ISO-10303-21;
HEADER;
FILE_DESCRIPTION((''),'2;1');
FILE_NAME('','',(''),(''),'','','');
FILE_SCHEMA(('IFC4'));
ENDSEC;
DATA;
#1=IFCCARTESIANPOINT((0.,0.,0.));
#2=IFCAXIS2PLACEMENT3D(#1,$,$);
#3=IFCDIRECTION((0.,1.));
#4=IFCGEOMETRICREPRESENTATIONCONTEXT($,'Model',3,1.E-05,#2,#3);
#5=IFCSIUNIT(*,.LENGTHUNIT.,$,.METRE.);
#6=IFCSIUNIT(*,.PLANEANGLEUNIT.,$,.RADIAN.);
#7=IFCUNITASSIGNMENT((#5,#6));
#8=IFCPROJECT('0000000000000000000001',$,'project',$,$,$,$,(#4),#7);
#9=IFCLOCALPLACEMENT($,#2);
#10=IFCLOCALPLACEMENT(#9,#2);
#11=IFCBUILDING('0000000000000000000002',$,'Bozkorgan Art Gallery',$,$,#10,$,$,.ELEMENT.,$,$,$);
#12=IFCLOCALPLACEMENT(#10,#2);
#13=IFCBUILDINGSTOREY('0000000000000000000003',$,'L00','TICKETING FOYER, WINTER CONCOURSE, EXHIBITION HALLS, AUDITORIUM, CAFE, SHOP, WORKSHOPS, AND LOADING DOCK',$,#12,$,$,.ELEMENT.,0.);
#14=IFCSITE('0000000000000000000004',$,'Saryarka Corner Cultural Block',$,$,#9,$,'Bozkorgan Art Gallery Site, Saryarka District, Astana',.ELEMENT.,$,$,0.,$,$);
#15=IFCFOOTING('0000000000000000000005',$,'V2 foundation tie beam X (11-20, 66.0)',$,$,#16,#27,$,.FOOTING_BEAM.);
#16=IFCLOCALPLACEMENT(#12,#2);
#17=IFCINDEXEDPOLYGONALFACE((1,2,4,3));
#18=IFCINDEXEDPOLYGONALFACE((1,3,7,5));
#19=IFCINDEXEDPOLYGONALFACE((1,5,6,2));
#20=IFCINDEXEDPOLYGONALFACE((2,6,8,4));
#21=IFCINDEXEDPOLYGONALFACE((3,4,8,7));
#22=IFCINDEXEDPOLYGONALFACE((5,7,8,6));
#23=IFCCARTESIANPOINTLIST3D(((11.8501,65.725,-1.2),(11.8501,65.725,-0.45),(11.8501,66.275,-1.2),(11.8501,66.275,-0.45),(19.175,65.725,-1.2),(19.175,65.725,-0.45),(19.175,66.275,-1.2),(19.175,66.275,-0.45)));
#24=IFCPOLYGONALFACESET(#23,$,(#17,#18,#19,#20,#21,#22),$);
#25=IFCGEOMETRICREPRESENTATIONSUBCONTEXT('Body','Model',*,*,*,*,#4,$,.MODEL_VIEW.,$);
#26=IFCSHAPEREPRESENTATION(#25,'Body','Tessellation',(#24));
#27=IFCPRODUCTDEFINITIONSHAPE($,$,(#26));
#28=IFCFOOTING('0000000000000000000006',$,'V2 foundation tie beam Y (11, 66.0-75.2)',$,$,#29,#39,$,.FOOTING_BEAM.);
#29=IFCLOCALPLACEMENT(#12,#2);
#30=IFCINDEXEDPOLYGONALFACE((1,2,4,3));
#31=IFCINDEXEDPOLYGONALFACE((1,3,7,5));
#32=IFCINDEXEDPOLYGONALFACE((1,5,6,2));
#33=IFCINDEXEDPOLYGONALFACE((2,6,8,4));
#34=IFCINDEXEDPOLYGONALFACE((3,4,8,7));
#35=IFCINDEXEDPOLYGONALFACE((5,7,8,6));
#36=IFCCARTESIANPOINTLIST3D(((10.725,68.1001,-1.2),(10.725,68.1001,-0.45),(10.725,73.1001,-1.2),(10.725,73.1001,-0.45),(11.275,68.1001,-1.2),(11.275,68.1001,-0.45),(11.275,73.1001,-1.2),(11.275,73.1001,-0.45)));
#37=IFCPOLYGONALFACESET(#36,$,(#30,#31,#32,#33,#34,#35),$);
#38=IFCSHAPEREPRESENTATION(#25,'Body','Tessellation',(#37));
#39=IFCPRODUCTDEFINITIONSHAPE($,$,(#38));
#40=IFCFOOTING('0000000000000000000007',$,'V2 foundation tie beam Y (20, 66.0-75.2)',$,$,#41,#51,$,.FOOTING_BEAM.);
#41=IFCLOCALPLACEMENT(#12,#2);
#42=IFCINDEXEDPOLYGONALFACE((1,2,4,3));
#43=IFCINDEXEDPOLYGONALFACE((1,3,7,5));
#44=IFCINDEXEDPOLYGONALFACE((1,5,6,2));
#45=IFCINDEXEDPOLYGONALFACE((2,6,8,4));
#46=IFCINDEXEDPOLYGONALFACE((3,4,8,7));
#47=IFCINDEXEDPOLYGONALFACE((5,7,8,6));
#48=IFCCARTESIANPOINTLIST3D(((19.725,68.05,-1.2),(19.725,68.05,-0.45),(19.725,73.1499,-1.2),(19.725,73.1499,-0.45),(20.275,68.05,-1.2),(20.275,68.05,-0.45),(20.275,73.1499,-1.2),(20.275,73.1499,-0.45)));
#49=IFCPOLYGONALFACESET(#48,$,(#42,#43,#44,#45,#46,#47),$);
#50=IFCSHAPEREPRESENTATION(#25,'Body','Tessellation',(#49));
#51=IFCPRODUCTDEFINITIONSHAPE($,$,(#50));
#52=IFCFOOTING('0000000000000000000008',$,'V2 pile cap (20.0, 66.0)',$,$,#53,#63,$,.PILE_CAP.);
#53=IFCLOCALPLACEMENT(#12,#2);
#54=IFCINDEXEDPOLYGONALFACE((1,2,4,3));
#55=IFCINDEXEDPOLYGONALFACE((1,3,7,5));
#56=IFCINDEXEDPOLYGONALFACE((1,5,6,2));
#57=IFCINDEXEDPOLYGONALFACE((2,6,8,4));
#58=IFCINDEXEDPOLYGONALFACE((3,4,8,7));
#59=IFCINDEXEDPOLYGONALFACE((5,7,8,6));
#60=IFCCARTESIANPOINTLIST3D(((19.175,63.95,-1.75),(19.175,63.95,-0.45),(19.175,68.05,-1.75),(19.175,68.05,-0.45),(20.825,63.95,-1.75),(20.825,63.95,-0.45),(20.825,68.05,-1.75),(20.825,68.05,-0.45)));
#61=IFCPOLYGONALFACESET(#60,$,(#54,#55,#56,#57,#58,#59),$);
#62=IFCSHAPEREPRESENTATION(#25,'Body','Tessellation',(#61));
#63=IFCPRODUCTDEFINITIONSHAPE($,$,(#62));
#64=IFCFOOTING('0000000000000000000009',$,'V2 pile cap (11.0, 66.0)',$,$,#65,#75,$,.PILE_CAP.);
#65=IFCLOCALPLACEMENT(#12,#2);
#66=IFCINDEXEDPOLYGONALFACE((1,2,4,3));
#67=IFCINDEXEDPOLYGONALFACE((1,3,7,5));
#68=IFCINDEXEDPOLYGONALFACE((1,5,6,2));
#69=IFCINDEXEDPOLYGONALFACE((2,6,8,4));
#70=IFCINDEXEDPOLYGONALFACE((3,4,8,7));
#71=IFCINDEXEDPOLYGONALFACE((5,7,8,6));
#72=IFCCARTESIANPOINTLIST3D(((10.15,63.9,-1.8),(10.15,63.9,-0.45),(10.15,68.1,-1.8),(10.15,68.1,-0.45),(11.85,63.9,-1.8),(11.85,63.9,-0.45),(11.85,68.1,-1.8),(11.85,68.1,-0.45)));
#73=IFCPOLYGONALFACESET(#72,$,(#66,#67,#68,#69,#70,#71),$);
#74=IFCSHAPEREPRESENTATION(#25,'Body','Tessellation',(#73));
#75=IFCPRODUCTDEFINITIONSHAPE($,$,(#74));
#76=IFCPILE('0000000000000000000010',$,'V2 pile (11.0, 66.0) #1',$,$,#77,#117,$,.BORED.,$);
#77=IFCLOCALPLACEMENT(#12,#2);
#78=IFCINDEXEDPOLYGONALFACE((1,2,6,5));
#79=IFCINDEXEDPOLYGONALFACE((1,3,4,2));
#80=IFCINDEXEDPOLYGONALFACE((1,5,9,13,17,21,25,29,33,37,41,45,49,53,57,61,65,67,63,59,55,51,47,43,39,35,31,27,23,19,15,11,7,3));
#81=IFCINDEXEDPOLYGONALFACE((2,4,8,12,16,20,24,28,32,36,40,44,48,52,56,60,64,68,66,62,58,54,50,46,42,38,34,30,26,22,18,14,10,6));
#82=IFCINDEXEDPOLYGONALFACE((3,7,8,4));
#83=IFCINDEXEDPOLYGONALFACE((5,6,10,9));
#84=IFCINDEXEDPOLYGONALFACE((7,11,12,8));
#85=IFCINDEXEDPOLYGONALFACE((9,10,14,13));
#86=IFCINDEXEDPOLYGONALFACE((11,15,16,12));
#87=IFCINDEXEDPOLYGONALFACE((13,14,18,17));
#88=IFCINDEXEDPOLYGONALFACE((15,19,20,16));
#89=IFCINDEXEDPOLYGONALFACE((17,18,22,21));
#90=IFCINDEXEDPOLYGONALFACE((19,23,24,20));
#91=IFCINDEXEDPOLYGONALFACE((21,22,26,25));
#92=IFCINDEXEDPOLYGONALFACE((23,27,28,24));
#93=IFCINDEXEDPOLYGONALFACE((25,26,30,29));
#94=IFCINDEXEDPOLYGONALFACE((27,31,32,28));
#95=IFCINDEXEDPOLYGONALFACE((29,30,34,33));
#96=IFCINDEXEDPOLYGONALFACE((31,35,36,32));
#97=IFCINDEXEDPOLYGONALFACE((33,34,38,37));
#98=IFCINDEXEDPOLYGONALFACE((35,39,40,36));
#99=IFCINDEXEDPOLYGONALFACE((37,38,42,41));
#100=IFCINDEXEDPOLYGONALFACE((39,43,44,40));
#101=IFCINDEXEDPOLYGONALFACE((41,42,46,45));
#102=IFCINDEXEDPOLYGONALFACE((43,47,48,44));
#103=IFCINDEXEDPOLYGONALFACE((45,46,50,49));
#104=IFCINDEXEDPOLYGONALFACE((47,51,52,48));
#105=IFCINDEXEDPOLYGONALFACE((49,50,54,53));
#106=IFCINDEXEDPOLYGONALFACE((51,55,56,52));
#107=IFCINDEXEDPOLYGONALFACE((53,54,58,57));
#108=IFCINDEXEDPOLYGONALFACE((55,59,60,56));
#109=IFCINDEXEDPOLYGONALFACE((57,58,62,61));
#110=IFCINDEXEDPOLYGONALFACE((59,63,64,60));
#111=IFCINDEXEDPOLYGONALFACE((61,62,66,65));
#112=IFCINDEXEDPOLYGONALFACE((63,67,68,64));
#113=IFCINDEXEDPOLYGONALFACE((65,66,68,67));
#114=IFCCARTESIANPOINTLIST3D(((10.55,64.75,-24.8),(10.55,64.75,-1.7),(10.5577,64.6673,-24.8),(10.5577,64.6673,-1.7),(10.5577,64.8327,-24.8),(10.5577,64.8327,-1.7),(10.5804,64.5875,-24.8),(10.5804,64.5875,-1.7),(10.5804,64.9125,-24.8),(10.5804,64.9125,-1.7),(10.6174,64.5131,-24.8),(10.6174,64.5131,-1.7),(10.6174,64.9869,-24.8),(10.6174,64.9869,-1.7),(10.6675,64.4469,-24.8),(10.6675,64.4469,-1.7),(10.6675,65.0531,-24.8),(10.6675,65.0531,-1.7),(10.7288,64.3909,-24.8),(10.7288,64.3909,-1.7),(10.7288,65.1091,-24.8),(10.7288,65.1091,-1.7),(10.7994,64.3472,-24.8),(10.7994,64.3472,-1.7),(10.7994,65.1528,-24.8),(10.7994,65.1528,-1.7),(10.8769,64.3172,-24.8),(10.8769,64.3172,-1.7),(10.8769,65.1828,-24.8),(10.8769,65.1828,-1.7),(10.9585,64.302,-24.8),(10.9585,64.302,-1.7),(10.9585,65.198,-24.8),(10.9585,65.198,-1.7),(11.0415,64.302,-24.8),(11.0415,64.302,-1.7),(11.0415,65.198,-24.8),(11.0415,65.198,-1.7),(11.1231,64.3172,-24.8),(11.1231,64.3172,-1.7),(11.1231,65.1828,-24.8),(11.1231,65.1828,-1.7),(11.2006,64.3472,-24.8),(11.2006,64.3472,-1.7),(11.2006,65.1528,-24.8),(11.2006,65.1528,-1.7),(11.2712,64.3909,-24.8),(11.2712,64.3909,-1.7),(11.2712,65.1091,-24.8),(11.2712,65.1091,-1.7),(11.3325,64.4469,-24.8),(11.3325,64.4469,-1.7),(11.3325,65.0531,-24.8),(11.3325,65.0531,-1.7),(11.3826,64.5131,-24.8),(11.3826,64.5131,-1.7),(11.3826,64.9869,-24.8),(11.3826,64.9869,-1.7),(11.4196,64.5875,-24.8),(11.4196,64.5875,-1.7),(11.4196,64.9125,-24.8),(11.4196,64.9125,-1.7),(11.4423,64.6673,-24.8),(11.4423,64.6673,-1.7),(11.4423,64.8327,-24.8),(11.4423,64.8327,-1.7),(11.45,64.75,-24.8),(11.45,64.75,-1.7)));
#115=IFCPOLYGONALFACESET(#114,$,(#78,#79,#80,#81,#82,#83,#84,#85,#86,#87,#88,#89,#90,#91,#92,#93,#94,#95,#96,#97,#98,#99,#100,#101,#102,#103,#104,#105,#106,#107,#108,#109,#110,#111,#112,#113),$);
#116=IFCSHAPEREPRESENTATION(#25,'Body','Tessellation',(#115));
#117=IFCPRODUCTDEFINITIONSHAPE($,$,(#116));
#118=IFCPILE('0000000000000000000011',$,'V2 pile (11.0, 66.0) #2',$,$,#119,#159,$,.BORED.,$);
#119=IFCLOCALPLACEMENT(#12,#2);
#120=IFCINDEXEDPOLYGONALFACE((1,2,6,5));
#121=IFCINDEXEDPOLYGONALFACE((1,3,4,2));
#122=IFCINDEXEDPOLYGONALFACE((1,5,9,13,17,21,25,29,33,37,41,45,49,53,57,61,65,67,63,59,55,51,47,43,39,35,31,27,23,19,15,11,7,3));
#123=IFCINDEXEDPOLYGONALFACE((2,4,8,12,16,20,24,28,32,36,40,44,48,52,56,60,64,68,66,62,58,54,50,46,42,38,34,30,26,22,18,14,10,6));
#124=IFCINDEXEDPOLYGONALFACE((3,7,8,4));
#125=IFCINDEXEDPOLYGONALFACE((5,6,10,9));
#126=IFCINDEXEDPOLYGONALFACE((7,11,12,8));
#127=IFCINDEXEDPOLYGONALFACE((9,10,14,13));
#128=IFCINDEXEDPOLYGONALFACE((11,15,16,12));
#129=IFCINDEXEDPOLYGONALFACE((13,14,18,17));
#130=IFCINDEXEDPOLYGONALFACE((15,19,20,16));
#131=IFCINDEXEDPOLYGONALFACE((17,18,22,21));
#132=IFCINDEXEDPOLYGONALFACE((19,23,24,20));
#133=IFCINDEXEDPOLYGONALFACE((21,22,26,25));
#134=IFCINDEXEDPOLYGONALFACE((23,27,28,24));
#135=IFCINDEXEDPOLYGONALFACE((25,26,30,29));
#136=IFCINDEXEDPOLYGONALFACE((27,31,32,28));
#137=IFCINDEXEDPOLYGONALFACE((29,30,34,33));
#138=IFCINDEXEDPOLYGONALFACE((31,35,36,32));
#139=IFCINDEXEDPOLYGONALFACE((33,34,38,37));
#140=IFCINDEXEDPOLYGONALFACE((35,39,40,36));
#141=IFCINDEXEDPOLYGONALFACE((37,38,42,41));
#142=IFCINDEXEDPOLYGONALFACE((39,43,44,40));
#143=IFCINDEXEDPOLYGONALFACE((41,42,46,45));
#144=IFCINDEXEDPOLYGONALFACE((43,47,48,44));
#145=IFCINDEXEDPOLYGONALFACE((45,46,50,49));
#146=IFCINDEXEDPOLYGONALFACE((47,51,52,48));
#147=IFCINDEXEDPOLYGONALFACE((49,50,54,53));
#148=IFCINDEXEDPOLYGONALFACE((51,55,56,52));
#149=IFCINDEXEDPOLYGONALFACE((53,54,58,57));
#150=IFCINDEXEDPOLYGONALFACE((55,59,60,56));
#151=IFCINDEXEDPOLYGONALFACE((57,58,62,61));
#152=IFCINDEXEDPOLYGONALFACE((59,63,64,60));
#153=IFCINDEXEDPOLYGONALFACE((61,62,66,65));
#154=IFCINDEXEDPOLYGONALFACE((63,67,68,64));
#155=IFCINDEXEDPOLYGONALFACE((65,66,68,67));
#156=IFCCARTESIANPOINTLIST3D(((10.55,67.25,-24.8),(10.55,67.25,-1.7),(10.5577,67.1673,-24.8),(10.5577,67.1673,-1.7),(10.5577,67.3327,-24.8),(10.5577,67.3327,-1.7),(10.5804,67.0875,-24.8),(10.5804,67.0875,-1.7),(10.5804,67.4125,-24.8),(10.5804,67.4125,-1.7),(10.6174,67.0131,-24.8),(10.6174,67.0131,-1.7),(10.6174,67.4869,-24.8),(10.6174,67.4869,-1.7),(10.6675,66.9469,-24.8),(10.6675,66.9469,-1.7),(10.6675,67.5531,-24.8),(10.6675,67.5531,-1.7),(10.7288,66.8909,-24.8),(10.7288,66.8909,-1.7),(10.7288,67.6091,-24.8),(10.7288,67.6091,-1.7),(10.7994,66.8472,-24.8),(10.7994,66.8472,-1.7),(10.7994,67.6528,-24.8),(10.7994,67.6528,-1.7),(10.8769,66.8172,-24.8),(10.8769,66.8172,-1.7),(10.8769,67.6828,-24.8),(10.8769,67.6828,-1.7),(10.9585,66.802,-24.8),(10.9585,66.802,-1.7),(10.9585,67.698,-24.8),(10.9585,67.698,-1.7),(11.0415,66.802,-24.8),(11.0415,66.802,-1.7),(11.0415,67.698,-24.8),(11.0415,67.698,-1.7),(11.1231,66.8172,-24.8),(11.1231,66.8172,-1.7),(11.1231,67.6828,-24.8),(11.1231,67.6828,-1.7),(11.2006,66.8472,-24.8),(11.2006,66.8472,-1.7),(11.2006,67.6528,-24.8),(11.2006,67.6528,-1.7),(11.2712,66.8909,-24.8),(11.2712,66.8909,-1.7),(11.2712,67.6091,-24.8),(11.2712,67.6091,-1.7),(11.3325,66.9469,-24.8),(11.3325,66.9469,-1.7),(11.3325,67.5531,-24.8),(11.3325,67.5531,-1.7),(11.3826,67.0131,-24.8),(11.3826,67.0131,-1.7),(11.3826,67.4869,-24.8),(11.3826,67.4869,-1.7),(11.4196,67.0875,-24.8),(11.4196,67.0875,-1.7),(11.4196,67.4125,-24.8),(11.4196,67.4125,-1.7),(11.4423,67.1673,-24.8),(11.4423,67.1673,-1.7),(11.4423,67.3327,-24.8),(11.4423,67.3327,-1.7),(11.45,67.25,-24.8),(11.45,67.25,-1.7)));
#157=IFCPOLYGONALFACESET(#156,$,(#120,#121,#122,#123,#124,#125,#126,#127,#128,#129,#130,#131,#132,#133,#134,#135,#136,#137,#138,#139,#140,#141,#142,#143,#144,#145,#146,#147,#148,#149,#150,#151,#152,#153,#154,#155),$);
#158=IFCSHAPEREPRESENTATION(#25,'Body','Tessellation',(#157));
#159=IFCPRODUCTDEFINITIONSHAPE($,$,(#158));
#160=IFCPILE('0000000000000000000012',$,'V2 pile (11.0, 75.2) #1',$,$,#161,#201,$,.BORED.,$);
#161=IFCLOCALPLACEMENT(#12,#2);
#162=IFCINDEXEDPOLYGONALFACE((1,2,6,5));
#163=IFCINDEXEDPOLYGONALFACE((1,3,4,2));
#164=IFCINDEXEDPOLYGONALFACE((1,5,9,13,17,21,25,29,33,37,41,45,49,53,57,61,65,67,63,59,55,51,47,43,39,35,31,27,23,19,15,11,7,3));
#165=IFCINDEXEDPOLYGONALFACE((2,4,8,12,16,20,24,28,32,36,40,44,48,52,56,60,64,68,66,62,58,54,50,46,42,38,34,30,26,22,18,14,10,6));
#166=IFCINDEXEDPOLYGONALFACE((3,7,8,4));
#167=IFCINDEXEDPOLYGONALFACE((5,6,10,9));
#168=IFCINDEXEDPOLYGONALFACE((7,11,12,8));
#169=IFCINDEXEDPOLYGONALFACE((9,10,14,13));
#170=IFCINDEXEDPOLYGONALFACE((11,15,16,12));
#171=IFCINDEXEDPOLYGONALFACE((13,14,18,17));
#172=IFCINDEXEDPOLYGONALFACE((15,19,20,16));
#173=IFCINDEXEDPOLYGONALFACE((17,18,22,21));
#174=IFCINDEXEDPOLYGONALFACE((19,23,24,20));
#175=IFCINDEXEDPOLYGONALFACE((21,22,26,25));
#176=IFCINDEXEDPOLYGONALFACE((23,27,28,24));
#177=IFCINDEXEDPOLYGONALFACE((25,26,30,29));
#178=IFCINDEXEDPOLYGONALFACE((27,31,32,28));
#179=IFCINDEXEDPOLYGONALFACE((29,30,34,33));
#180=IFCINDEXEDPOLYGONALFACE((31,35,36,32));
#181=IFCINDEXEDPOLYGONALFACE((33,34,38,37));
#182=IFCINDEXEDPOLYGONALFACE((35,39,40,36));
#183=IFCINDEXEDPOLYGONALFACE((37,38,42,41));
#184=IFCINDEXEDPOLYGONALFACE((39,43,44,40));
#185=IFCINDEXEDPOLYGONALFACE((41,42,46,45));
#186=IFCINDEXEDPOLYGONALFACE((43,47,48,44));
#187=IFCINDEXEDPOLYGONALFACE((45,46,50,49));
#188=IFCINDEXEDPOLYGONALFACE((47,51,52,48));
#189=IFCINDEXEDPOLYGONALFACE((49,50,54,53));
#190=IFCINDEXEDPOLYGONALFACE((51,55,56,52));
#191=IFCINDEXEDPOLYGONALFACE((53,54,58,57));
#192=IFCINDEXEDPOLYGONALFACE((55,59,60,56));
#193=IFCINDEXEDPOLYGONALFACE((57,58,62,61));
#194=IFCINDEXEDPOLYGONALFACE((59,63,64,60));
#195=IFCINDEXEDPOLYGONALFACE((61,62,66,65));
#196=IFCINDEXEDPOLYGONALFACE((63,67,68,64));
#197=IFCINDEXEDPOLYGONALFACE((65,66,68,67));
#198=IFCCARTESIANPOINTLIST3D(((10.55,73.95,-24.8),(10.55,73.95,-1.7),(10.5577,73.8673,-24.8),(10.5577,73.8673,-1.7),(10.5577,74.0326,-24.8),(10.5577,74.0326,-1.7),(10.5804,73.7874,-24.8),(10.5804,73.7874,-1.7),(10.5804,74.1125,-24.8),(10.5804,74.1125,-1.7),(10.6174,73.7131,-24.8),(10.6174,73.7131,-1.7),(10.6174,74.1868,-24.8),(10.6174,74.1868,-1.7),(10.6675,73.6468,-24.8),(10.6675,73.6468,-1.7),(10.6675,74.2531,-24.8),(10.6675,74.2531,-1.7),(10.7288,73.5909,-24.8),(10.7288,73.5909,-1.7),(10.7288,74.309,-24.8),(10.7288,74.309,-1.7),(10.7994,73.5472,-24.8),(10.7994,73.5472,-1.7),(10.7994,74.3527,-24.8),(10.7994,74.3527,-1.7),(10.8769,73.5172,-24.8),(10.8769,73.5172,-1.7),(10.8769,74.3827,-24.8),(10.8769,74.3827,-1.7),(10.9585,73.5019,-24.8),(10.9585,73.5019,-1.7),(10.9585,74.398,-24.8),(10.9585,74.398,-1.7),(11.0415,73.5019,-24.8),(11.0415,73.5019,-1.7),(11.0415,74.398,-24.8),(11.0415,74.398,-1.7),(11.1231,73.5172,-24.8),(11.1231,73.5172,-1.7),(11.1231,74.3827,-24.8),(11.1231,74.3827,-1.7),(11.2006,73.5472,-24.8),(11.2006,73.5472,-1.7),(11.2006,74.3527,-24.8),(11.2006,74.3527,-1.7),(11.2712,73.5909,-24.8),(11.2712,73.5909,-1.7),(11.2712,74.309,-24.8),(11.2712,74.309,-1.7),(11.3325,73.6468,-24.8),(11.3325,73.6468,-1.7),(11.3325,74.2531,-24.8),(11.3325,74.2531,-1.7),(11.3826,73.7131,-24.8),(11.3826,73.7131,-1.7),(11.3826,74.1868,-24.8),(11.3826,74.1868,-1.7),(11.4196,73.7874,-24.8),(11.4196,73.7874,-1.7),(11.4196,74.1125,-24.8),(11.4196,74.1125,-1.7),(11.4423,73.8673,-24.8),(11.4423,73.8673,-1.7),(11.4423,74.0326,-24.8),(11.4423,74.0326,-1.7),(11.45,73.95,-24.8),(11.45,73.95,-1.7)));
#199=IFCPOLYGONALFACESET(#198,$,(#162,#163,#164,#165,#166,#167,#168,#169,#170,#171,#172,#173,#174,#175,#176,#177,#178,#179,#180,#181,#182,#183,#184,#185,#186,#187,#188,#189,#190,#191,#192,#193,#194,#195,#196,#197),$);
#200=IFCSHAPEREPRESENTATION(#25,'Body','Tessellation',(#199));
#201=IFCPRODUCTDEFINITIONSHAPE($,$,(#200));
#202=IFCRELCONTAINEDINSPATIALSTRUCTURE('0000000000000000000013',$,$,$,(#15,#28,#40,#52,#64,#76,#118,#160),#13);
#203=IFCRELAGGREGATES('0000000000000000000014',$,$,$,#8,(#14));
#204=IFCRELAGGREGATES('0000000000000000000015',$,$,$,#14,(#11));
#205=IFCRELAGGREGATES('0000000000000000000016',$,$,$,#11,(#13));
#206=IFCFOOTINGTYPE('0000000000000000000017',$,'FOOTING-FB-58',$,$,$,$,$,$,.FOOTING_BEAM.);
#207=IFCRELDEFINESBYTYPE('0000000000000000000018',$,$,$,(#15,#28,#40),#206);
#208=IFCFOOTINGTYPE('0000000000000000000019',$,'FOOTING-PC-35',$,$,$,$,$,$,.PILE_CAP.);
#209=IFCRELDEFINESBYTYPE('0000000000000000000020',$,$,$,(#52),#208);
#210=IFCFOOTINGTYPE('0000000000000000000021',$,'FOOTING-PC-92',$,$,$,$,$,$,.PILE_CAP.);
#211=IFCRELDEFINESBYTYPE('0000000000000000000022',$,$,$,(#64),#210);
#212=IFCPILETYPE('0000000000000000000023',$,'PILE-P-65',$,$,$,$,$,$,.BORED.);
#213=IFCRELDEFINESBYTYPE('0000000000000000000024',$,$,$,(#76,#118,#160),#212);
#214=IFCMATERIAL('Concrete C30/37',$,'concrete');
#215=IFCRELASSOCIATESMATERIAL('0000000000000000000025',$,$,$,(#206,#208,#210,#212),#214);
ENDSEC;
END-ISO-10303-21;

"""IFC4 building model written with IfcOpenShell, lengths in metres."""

from ifc_helpers import new_model, si_unit, direction, frame, origin, origin_2d, place, context, subcontext, project, spatial, rectangle, circle, extrude, material, material_profile, profile_set, type_object, element, save


model = new_model("IFC4")

# Units and contexts
model_context = context("Model", 3, precision=1e-05, world=origin(), true_north=direction((0.0, 1.0)))
body_context = subcontext(model_context, "Body", "Model", "MODEL_VIEW")
ifc_project = project(units=[si_unit("LENGTHUNIT", "METRE"), si_unit("PLANEANGLEUNIT", "RADIAN")], contexts=[model_context])

# Site, building, storey
site_placement = place(None, origin())
site = spatial("IfcSite", under=ifc_project, at=site_placement, Name="Saryarka Corner Cultural Block", LongName="Bozkorgan Art Gallery Site, Saryarka District, Astana", CompositionType="ELEMENT", RefElevation=0.0)
building_placement = place(site_placement, origin())
building = spatial("IfcBuilding", under=site, at=building_placement, Name="Bozkorgan Art Gallery", CompositionType="ELEMENT")
storey_placement = place(building_placement, origin())
storey = spatial("IfcBuildingStorey", under=building, at=storey_placement, Name="L00", Description="TICKETING FOYER, WINTER CONCOURSE, EXHIBITION HALLS, AUDITORIUM, CAFE, SHOP, WORKSHOPS, AND LOADING DOCK", CompositionType="ELEMENT", Elevation=0.0)

# Footings
ifc_material_1 = material(Name="Concrete C30/37", Category="concrete")
ifc_material_profile_1 = material_profile(ifc_material_1, rectangle(XDim=0.55, YDim=0.75, at=origin_2d()), Name="FND 550x750")
ifc_profile_set_1 = profile_set([ifc_material_profile_1], Name="Concrete C30/37")
footing_type_1 = type_object("IfcFootingType", Name="FOOTING-FB-58", PredefinedType="FOOTING_BEAM", material=ifc_profile_set_1)
footing_1_placement = place(storey_placement, frame((11.8501, 66.0, -0.825), z_axis=(1.0, 0.0, 0.0), x_axis=(0.0, 1.0, 0.0)))
element("IfcFooting", 1, at=footing_1_placement, inside=storey, type_object=footing_type_1, Name="V2 foundation tie beam X (11-20, 66.0)", PredefinedType="FOOTING_BEAM", context=body_context, shape_type="SweptSolid", body=[
    extrude(rectangle(XDim=0.55, YDim=0.75, at=origin_2d()), origin(), (0.0, 0.0, 1.0), 7.325),
])
footing_2_placement = place(storey_placement, frame((11.0, 68.1001, -0.825), z_axis=(0.0, 1.0, 0.0), x_axis=(-1.0, 0.0, 0.0)))
element("IfcFooting", 2, at=footing_2_placement, inside=storey, type_object=footing_type_1, Name="V2 foundation tie beam Y (11, 66.0-75.2)", PredefinedType="FOOTING_BEAM", context=body_context, shape_type="SweptSolid", body=[
    extrude(rectangle(XDim=0.55, YDim=0.75, at=origin_2d()), origin(), (0.0, 0.0, 1.0), 5.0),
])
footing_3_placement = place(storey_placement, frame((20.0, 68.05, -0.825), z_axis=(0.0, 1.0, 0.0), x_axis=(-1.0, 0.0, 0.0)))
element("IfcFooting", 3, at=footing_3_placement, inside=storey, type_object=footing_type_1, Name="V2 foundation tie beam Y (20, 66.0-75.2)", PredefinedType="FOOTING_BEAM", context=body_context, shape_type="SweptSolid", body=[
    extrude(rectangle(XDim=0.55, YDim=0.75, at=origin_2d()), origin(), (0.0, 0.0, 1.0), 5.0999),
])
footing_type_2 = type_object("IfcFootingType", Name="FOOTING-PC-35", PredefinedType="PILE_CAP", material=ifc_material_1)
footing_4_placement = place(storey_placement, frame((20.0, 66.0, -1.75), z_axis=(0.0, 0.0, 1.0), x_axis=(1.0, 0.0, 0.0)))
element("IfcFooting", 4, at=footing_4_placement, inside=storey, type_object=footing_type_2, Name="V2 pile cap (20.0, 66.0)", PredefinedType="PILE_CAP", context=body_context, shape_type="SweptSolid", body=[
    extrude(rectangle(XDim=1.6499, YDim=4.1001, at=origin_2d()), origin(), (0.0, 0.0, 1.0), 1.3),
])
footing_type_3 = type_object("IfcFootingType", Name="FOOTING-PC-92", PredefinedType="PILE_CAP", material=ifc_material_1)
footing_5_placement = place(storey_placement, frame((11.0, 66.0, -1.8), z_axis=(0.0, 0.0, 1.0), x_axis=(1.0, 0.0, 0.0)))
element("IfcFooting", 5, at=footing_5_placement, inside=storey, type_object=footing_type_3, Name="V2 pile cap (11.0, 66.0)", PredefinedType="PILE_CAP", context=body_context, shape_type="SweptSolid", body=[
    extrude(rectangle(XDim=1.7, YDim=4.2, at=origin_2d()), origin(), (0.0, 0.0, 1.0), 1.3501),
])

# Piles
ifc_material_profile_2 = material_profile(ifc_material_1, circle(Radius=0.45, at=origin_2d()), Name="PILE D900")
ifc_profile_set_2 = profile_set([ifc_material_profile_2], Name="Concrete C30/37")
pile_type = type_object("IfcPileType", Name="PILE-P-65", PredefinedType="BORED", material=ifc_profile_set_2)
for number, where, z_axis, x_axis, name in (
    (6, (11.0, 64.75, -1.7), (0.0, 0.0, -1.0), (1.0, 0.0, 0.0), "V2 pile (11.0, 66.0) #1"),
    (7, (11.0, 67.25, -1.7), (0.0, 0.0, -1.0), (1.0, 0.0, 0.0), "V2 pile (11.0, 66.0) #2"),
    (8, (11.0, 73.95, -1.7), (0.0, 0.0, -1.0), (1.0, 0.0, 0.0), "V2 pile (11.0, 75.2) #1"),
):
    element("IfcPile", number, at=place(storey_placement, frame(where, z_axis=z_axis, x_axis=x_axis)), inside=storey, type_object=pile_type, Name=name, PredefinedType="BORED", context=body_context, shape_type="SweptSolid", body=[
        extrude(circle(Radius=0.45, at=origin_2d()), origin(), (0.0, 0.0, 1.0), 23.1001),
    ])

save(model, "model.ifc")
